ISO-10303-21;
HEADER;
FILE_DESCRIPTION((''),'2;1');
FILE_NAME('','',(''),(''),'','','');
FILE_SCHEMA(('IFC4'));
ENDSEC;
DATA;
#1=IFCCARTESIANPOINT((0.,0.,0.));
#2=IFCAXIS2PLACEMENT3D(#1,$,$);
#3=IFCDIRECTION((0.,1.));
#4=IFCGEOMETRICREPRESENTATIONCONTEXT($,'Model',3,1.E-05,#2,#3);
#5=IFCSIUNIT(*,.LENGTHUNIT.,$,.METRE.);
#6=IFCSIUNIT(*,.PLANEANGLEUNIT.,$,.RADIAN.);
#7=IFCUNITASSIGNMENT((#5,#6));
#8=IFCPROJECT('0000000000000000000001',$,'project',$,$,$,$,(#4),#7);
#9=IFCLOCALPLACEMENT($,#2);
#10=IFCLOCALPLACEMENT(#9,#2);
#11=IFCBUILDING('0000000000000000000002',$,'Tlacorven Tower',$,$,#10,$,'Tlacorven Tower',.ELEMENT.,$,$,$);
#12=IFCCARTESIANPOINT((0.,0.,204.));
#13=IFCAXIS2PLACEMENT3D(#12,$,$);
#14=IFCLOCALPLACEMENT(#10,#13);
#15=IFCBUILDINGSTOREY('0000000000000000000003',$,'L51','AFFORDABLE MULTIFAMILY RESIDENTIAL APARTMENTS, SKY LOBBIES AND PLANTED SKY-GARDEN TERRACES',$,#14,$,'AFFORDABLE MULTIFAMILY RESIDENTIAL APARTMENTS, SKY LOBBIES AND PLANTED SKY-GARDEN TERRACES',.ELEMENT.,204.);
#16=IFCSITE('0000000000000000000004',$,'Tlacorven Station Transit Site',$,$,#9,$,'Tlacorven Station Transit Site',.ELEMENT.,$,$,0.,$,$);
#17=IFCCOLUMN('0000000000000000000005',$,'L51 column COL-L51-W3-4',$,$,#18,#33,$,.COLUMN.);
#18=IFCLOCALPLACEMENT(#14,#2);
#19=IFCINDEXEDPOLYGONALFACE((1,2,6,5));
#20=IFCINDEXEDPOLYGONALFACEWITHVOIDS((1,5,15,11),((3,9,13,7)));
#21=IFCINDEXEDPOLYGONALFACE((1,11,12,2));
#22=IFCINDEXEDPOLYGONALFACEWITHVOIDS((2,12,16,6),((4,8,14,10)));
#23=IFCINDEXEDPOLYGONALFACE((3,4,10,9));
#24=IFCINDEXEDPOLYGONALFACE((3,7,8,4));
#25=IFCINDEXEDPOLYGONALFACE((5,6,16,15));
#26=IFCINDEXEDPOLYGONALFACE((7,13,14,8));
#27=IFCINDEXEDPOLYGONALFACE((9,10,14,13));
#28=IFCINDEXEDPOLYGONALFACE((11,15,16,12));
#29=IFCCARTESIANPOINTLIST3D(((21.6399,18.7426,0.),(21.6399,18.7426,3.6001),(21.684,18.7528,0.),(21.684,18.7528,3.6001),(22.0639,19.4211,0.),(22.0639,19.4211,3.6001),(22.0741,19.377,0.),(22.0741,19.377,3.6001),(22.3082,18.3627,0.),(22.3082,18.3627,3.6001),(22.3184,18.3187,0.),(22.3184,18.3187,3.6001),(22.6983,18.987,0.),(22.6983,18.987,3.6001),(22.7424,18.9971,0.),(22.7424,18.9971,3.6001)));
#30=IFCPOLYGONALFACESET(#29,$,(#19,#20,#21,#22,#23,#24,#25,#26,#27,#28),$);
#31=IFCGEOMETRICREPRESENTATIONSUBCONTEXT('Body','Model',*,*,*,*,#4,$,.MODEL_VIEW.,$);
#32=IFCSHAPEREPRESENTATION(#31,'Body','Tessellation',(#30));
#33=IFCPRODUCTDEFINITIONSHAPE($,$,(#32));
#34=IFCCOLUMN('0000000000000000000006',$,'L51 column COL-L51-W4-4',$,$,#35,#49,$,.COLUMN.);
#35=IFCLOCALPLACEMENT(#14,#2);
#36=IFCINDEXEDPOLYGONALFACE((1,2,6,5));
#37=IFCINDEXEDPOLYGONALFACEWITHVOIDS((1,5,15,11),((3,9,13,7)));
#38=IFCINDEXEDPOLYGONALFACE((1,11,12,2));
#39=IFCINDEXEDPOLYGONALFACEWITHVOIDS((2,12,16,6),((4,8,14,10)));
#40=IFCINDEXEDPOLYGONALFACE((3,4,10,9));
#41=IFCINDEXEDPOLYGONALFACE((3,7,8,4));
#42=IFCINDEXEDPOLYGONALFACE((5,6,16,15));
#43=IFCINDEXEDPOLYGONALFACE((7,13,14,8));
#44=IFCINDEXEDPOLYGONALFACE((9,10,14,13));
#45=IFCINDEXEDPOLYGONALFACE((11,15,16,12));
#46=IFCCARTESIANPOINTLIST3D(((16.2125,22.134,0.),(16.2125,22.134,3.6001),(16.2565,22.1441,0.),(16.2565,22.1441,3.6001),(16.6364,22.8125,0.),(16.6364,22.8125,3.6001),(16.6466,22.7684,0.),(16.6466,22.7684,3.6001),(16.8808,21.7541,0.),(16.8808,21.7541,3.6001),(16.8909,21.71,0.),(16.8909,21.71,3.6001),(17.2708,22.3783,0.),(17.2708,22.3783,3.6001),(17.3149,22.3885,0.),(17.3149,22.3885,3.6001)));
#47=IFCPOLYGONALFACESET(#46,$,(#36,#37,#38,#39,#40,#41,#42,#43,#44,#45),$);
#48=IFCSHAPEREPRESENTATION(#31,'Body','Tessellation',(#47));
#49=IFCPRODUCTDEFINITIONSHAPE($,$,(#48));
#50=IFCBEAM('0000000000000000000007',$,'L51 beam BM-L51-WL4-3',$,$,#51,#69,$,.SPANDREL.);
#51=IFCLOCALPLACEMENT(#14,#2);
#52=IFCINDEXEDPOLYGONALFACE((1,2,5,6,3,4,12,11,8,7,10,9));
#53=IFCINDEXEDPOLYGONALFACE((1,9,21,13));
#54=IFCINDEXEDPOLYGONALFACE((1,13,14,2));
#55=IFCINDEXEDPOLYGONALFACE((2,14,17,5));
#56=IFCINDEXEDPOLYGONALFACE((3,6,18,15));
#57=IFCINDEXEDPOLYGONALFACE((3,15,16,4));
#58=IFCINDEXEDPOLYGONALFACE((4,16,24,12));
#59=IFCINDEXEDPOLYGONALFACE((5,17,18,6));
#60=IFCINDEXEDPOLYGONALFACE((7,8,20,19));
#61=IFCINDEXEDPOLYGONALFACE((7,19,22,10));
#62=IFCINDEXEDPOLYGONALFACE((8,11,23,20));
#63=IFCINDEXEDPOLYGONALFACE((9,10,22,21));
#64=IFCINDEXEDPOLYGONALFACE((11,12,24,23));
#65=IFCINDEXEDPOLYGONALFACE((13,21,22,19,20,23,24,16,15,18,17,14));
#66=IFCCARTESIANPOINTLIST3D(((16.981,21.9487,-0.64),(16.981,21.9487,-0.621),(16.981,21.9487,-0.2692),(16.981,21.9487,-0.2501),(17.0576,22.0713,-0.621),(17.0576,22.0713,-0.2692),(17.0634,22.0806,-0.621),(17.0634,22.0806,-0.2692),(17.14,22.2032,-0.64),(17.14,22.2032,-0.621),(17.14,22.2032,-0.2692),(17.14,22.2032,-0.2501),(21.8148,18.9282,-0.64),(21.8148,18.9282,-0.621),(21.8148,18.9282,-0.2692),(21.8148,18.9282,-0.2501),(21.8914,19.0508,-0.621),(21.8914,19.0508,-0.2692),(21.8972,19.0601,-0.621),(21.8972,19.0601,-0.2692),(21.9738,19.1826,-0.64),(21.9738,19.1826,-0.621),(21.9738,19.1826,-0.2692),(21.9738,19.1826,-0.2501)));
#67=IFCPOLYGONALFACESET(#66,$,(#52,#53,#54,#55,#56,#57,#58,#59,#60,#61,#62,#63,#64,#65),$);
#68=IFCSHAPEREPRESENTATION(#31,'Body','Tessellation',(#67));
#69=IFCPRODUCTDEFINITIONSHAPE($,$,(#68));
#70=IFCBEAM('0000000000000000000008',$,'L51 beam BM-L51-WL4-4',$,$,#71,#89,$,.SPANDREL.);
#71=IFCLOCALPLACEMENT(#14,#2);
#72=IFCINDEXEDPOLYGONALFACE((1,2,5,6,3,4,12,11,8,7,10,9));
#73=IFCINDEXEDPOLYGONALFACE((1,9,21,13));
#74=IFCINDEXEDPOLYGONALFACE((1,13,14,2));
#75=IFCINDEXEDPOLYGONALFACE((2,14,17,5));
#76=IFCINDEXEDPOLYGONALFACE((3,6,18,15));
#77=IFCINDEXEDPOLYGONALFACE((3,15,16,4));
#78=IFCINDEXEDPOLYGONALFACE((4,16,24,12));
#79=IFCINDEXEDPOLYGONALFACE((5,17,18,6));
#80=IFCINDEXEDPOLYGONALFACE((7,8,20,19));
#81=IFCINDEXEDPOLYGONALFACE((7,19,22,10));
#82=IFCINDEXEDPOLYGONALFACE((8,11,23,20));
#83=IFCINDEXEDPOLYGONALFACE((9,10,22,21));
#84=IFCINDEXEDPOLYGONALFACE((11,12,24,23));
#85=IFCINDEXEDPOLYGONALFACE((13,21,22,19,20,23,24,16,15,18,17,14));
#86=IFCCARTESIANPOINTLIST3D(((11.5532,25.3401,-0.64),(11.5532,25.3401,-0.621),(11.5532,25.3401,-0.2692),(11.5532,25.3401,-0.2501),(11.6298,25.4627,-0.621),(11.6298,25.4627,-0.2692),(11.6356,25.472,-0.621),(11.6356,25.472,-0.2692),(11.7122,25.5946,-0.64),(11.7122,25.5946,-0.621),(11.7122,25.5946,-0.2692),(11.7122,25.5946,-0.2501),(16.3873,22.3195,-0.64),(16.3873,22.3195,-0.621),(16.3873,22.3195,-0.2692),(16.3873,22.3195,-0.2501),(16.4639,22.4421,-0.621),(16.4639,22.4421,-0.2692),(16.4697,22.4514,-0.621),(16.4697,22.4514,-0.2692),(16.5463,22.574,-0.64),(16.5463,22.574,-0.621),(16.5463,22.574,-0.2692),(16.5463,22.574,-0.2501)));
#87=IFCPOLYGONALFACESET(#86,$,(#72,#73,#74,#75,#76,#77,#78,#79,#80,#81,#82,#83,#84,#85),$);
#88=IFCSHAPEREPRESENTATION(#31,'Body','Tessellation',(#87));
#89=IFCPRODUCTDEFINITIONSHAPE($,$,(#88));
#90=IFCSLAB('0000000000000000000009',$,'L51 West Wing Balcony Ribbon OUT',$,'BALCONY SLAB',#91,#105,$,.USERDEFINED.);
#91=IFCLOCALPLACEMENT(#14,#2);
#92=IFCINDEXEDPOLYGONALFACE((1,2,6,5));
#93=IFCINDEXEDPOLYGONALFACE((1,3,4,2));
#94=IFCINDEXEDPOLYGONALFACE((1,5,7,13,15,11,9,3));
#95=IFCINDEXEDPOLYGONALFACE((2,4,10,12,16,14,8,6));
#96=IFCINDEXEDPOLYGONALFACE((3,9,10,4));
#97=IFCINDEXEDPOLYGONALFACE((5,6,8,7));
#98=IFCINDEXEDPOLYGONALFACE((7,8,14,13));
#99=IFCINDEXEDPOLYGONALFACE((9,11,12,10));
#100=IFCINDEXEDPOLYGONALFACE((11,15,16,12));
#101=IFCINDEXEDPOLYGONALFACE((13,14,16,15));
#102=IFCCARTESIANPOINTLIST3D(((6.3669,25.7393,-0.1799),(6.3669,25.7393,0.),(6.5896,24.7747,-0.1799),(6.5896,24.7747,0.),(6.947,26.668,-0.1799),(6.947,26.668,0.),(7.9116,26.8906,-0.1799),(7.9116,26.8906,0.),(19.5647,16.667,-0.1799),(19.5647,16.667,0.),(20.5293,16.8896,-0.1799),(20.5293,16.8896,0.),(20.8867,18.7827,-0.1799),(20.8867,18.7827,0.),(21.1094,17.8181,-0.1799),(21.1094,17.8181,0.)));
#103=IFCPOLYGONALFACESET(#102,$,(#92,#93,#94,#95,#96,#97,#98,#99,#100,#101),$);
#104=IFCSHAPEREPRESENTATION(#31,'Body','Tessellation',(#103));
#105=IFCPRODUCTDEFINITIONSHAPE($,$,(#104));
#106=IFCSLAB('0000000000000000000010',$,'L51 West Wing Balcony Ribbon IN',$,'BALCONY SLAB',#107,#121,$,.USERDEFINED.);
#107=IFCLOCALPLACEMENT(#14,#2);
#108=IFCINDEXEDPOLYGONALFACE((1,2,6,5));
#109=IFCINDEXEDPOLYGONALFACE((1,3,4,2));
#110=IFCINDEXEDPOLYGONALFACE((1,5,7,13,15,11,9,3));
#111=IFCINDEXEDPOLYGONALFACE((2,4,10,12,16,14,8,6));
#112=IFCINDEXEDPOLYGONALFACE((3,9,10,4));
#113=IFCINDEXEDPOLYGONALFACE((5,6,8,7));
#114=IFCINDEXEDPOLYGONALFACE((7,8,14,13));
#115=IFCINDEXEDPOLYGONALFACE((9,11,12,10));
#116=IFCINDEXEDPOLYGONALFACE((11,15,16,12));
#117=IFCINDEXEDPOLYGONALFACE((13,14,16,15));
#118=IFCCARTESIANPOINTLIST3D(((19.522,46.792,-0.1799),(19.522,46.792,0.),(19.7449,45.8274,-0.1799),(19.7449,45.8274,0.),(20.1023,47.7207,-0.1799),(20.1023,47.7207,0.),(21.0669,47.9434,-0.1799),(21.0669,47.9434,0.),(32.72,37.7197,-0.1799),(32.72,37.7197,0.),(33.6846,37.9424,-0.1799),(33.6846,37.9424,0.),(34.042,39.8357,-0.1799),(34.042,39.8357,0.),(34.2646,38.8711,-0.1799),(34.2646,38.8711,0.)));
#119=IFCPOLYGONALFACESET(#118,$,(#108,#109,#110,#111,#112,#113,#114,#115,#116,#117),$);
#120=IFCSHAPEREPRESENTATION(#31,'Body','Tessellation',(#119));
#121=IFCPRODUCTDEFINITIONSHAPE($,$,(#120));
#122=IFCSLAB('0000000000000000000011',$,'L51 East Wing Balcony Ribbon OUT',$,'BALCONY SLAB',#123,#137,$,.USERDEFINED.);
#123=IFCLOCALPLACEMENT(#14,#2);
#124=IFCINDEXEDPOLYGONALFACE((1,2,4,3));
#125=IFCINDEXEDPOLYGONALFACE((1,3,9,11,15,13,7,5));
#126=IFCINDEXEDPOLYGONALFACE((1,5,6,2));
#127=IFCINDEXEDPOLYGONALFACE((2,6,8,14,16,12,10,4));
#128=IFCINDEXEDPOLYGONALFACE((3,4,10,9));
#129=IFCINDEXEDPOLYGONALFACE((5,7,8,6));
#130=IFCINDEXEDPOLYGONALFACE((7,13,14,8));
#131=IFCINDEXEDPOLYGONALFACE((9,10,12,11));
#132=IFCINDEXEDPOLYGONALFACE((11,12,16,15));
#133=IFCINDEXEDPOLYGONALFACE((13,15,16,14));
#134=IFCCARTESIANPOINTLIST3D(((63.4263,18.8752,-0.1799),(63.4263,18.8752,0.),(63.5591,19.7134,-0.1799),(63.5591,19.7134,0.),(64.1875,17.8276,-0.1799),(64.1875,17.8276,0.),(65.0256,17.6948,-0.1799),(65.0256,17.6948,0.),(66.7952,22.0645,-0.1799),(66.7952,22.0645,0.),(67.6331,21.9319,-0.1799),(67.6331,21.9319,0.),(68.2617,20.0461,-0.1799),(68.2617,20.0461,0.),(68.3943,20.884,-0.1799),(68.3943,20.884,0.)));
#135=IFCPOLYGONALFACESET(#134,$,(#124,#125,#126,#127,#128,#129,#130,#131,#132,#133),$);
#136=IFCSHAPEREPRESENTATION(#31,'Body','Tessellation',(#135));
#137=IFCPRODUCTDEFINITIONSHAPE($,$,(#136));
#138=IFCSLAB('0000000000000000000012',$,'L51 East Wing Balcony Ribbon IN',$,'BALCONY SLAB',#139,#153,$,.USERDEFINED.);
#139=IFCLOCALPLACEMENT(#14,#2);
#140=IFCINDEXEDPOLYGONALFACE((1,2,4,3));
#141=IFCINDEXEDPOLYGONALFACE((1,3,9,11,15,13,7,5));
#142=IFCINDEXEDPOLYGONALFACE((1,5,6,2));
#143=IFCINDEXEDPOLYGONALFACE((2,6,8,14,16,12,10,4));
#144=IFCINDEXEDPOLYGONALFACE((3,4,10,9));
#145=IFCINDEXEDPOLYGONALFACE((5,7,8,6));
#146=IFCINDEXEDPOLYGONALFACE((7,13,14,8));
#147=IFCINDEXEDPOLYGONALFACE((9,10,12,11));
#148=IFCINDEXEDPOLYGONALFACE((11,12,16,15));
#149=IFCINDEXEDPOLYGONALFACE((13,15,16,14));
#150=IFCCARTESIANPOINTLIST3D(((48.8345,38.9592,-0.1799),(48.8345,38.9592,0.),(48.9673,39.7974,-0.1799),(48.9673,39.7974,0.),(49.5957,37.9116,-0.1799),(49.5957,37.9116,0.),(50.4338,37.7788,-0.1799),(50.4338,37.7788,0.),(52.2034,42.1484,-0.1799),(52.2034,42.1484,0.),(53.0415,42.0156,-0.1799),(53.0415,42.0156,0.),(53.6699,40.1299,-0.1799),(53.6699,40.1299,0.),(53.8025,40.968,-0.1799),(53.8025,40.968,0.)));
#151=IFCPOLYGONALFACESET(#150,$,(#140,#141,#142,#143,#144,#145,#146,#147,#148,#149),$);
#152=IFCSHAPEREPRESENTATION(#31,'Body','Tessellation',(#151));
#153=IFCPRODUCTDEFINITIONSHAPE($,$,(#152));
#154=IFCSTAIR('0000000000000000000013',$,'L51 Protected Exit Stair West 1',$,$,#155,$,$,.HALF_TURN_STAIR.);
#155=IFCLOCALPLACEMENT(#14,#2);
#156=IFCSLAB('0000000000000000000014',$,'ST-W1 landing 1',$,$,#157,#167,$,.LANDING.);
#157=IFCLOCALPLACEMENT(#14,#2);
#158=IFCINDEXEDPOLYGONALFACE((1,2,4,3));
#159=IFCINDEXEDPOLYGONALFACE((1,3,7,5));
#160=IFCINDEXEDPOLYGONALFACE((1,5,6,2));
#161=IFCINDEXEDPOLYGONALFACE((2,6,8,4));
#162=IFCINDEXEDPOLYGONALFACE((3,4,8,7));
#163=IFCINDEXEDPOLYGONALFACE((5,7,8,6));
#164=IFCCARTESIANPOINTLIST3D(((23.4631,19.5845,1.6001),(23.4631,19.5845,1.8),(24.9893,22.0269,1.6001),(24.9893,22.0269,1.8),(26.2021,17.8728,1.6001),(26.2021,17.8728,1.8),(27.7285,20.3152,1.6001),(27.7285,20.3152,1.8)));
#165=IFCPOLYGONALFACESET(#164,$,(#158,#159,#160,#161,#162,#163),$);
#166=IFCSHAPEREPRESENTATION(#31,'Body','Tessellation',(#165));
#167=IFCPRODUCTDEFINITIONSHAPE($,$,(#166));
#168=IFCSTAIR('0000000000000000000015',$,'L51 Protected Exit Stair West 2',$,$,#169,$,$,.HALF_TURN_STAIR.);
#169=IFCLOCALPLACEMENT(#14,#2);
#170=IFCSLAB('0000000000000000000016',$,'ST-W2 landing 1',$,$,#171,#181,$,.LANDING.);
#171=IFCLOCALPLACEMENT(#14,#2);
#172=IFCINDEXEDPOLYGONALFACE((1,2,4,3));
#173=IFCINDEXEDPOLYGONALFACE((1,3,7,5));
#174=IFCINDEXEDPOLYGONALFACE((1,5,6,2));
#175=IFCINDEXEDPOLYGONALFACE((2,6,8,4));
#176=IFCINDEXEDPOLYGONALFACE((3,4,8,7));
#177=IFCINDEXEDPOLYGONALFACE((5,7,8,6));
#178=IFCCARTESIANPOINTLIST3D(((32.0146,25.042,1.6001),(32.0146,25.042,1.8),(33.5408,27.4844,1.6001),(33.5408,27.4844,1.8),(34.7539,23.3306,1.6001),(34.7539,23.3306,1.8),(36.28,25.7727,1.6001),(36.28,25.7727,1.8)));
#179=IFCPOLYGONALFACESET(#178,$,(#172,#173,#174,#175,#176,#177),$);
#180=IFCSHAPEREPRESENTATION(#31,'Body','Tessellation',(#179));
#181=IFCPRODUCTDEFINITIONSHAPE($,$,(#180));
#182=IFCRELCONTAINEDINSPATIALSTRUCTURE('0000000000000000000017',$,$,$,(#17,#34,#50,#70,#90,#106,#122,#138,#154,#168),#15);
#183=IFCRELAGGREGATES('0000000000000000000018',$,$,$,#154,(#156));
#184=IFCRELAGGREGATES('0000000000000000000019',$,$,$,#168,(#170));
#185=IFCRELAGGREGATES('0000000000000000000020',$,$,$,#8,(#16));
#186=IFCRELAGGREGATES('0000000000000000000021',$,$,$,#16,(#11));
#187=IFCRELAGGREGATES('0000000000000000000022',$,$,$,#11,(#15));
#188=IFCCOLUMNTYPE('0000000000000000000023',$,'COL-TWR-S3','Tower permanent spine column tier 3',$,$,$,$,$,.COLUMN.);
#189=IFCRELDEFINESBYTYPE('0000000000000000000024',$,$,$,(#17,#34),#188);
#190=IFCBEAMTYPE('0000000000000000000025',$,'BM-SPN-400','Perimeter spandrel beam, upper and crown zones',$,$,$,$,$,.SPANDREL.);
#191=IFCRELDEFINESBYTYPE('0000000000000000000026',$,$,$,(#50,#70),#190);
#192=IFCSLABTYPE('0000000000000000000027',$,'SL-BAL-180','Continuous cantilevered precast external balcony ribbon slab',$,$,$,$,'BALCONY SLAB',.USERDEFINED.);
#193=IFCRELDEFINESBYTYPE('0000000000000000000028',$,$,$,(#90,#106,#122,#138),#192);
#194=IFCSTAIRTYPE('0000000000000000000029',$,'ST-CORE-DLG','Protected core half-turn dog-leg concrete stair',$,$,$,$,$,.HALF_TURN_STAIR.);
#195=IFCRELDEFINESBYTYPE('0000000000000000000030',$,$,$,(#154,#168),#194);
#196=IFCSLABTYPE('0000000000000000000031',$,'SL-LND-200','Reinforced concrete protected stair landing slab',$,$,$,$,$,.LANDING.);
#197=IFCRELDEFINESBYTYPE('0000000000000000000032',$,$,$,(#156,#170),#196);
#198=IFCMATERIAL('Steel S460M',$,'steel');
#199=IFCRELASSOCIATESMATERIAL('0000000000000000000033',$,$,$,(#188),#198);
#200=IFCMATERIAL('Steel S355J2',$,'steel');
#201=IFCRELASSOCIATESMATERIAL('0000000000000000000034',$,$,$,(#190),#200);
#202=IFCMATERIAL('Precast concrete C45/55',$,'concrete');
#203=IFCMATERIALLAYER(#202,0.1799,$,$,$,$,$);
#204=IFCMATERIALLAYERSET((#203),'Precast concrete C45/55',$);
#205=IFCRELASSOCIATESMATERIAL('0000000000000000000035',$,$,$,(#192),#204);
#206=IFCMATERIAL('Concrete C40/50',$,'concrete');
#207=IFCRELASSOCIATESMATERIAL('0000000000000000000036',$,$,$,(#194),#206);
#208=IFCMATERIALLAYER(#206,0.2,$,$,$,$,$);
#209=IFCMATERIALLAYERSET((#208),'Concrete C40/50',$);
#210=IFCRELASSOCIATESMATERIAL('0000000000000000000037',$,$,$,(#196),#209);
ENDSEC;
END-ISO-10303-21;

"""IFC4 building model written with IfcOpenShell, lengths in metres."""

from ifc_helpers import new_model, si_unit, direction, frame, origin, origin_2d, place, context, subcontext, project, spatial, polyline, hollow_rectangle, i_section, outline, extrude, source, transform, mapped, material, layer, layer_set, material_profile, profile_set, type_object, element, aggregate, save


model = new_model("IFC4")

# Units and contexts
model_context = context("Model", 3, precision=1e-05, world=origin(), true_north=direction((0.0, 1.0)))
body_context = subcontext(model_context, "Body", "Model", "MODEL_VIEW")
ifc_project = project(units=[si_unit("LENGTHUNIT", "METRE"), si_unit("PLANEANGLEUNIT", "RADIAN")], contexts=[model_context])

# Site, building, storey
site_placement = place(None, origin())
site = spatial("IfcSite", under=ifc_project, at=site_placement, Name="Tlacorven Station Transit Site", LongName="Tlacorven Station Transit Site", CompositionType="ELEMENT", RefElevation=0.0)
building_placement = place(site_placement, origin())
building = spatial("IfcBuilding", under=site, at=building_placement, Name="Tlacorven Tower", LongName="Tlacorven Tower", CompositionType="ELEMENT")
storey_placement = place(building_placement, frame((0.0, 0.0, 204.0)))
storey = spatial("IfcBuildingStorey", under=building, at=storey_placement, Name="L51", Description="AFFORDABLE MULTIFAMILY RESIDENTIAL APARTMENTS, SKY LOBBIES AND PLANTED SKY-GARDEN TERRACES", LongName="AFFORDABLE MULTIFAMILY RESIDENTIAL APARTMENTS, SKY LOBBIES AND PLANTED SKY-GARDEN TERRACES", CompositionType="ELEMENT", Elevation=204.0)

# Columns
ifc_material_1 = material(Name="Steel S460M", Category="steel")
ifc_material_profile_1 = material_profile(ifc_material_1, hollow_rectangle(XDim=0.8, YDim=0.8, WallThickness=0.032, at=origin_2d()), Name="BOX 800X800X32")
ifc_profile_set_1 = profile_set([ifc_material_profile_1], Name="Steel S460M")
column_type = type_object("IfcColumnType", Name="COL-TWR-S3", Description="Tower permanent spine column tier 3", PredefinedType="COLUMN", material=ifc_profile_set_1)
shared_shape_1 = source(origin(), body_context, "Body", "SweptSolid", [
    extrude(hollow_rectangle(XDim=0.8, YDim=0.8, WallThickness=0.032, at=origin_2d()), origin(), (0.0, 0.0, 1.0), 3.6001),
])
for number, where, z_axis, x_axis, name in (
    (1, (22.1912, 18.8699, 0.0), (0.0, 0.0, 1.0), (-0.848048, 0.529919, 0.0), "L51 column COL-L51-W3-4"),
    (2, (16.7637, 22.2612, 0.0), (0.0, 0.0, 1.0), (-0.848048, 0.529919, 0.0), "L51 column COL-L51-W4-4"),
):
    element("IfcColumn", number, at=place(storey_placement, frame(where, z_axis=z_axis, x_axis=x_axis)), inside=storey, type_object=column_type, Name=name, PredefinedType="COLUMN", context=body_context, shape_type="MappedRepresentation", body=[
        mapped(shared_shape_1, transform((0.0, 0.0, 0.0), scale=1.0)),
    ])

# Beams
ifc_material_2 = material(Name="Steel S355J2", Category="steel")
ifc_material_profile_2 = material_profile(ifc_material_2, i_section(OverallWidth=0.3, OverallDepth=0.3899, WebThickness=0.011, FlangeThickness=0.019, at=origin_2d()), Name="HEA 400")
ifc_profile_set_2 = profile_set([ifc_material_profile_2], Name="Steel S355J2")
beam_type = type_object("IfcBeamType", Name="BM-SPN-400", Description="Perimeter spandrel beam, upper and crown zones", PredefinedType="SPANDREL", material=ifc_profile_set_2)
shared_shape_2 = source(origin(), body_context, "Body", "SweptSolid", [
    extrude(i_section(OverallWidth=0.3, OverallDepth=0.3899, WebThickness=0.011, FlangeThickness=0.019, at=origin_2d()), origin(), (0.0, 0.0, 1.0), 5.7),
])
beam_1_placement = place(storey_placement, frame((21.8943, 19.0554, -0.4451), z_axis=(-0.848044, 0.529926, 0.0), x_axis=(-0.529926, -0.848044, 0.0)))
element("IfcBeam", 3, at=beam_1_placement, inside=storey, type_object=beam_type, Name="L51 beam BM-L51-WL4-3", PredefinedType="SPANDREL", context=body_context, shape_type="MappedRepresentation", body=[
    mapped(shared_shape_2, transform((0.0, 0.0, 0.0), scale=1.0)),
])
shared_shape_3 = source(origin(), body_context, "Body", "SweptSolid", [
    extrude(i_section(OverallWidth=0.3, OverallDepth=0.3899, WebThickness=0.011, FlangeThickness=0.019, at=origin_2d()), origin(), (0.0, 0.0, 1.0), 5.7002),
])
beam_2_placement = place(storey_placement, frame((16.4668, 22.4468, -0.4451), z_axis=(-0.848056, 0.529907, 0.0), x_axis=(-0.529907, -0.848056, 0.0)))
element("IfcBeam", 4, at=beam_2_placement, inside=storey, type_object=beam_type, Name="L51 beam BM-L51-WL4-4", PredefinedType="SPANDREL", context=body_context, shape_type="MappedRepresentation", body=[
    mapped(shared_shape_3, transform((0.0, 0.0, 0.0), scale=1.0)),
])

# Slabs
ifc_material_3 = material(Name="Precast concrete C45/55", Category="concrete")
ifc_layer_1 = layer(ifc_material_3, 0.1799)
ifc_layer_set_1 = layer_set([ifc_layer_1], Name="Precast concrete C45/55")
slab_type_1 = type_object("IfcSlabType", Name="SL-BAL-180", Description="Continuous cantilevered precast external balcony ribbon slab", ElementType="BALCONY SLAB", PredefinedType="USERDEFINED", material=ifc_layer_set_1)
slab_1_placement = place(storey_placement, frame((0.0, 0.0, -0.1799)))
element("IfcSlab", 5, at=slab_1_placement, inside=storey, type_object=slab_type_1, Name="L51 West Wing Balcony Ribbon OUT", ObjectType="BALCONY SLAB", PredefinedType="USERDEFINED", context=body_context, shape_type="SweptSolid", body=[
    extrude(outline(polyline([(20.8867, 18.7827), (7.9116, 26.8906), (6.947, 26.668), (6.3669, 25.7393), (6.5896, 24.7747), (19.5647, 16.667), (20.5293, 16.8896), (21.1094, 17.8181), (20.8867, 18.7827)])), origin(), (0.0, 0.0, 1.0), 0.1799),
])
slab_2_placement = place(storey_placement, frame((0.0, 0.0, -0.1799)))
element("IfcSlab", 6, at=slab_2_placement, inside=storey, type_object=slab_type_1, Name="L51 West Wing Balcony Ribbon IN", ObjectType="BALCONY SLAB", PredefinedType="USERDEFINED", context=body_context, shape_type="SweptSolid", body=[
    extrude(outline(polyline([(34.042, 39.8357), (21.0669, 47.9434), (20.1023, 47.7207), (19.522, 46.792), (19.7449, 45.8274), (32.72, 37.7197), (33.6846, 37.9424), (34.2646, 38.8711), (34.042, 39.8357)])), origin(), (0.0, 0.0, 1.0), 0.1799),
])
slab_3_placement = place(storey_placement, frame((0.0, 0.0, -0.1799)))
element("IfcSlab", 7, at=slab_3_placement, inside=storey, type_object=slab_type_1, Name="L51 East Wing Balcony Ribbon OUT", ObjectType="BALCONY SLAB", PredefinedType="USERDEFINED", context=body_context, shape_type="SweptSolid", body=[
    extrude(outline(polyline([(65.0256, 17.6948), (68.2617, 20.0461), (68.3943, 20.884), (67.6331, 21.9319), (66.7952, 22.0645), (63.5591, 19.7134), (63.4263, 18.8752), (64.1875, 17.8276), (65.0256, 17.6948)])), origin(), (0.0, 0.0, 1.0), 0.1799),
])
slab_4_placement = place(storey_placement, frame((0.0, 0.0, -0.1799)))
element("IfcSlab", 8, at=slab_4_placement, inside=storey, type_object=slab_type_1, Name="L51 East Wing Balcony Ribbon IN", ObjectType="BALCONY SLAB", PredefinedType="USERDEFINED", context=body_context, shape_type="SweptSolid", body=[
    extrude(outline(polyline([(50.4338, 37.7788), (53.6699, 40.1299), (53.8025, 40.968), (53.0415, 42.0156), (52.2034, 42.1484), (48.9673, 39.7974), (48.8345, 38.9592), (49.5957, 37.9116), (50.4338, 37.7788)])), origin(), (0.0, 0.0, 1.0), 0.1799),
])

# Stairs, slabs
ifc_material_4 = material(Name="Concrete C40/50", Category="concrete")
stair_type = type_object("IfcStairType", Name="ST-CORE-DLG", Description="Protected core half-turn dog-leg concrete stair", PredefinedType="HALF_TURN_STAIR", material=ifc_material_4)
stair_1_placement = place(storey_placement, origin())
stair_1 = element("IfcStair", 9, at=stair_1_placement, inside=storey, type_object=stair_type, Name="L51 Protected Exit Stair West 1", PredefinedType="HALF_TURN_STAIR")
ifc_layer_2 = layer(ifc_material_4, 0.2)
ifc_layer_set_2 = layer_set([ifc_layer_2], Name="Concrete C40/50")
slab_type_2 = type_object("IfcSlabType", Name="SL-LND-200", Description="Reinforced concrete protected stair landing slab", PredefinedType="LANDING", material=ifc_layer_set_2)
slab_5_placement = place(storey_placement, frame((0.0, 0.0, 1.6001)))
slab_5 = element("IfcSlab", 10, at=slab_5_placement, type_object=slab_type_2, Name="ST-W1 landing 1", PredefinedType="LANDING", context=body_context, shape_type="SweptSolid", body=[
    extrude(outline(polyline([(27.7285, 20.3152), (24.9893, 22.0269), (23.4631, 19.5845), (26.2021, 17.8728), (27.7285, 20.3152)])), origin(), (0.0, 0.0, 1.0), 0.2),
])
aggregate(stair_1, [slab_5])
stair_2_placement = place(storey_placement, origin())
stair_2 = element("IfcStair", 11, at=stair_2_placement, inside=storey, type_object=stair_type, Name="L51 Protected Exit Stair West 2", PredefinedType="HALF_TURN_STAIR")
slab_6_placement = place(storey_placement, frame((0.0, 0.0, 1.6001)))
slab_6 = element("IfcSlab", 12, at=slab_6_placement, type_object=slab_type_2, Name="ST-W2 landing 1", PredefinedType="LANDING", context=body_context, shape_type="SweptSolid", body=[
    extrude(outline(polyline([(36.28, 25.7727), (33.5408, 27.4844), (32.0146, 25.042), (34.7539, 23.3306), (36.28, 25.7727)])), origin(), (0.0, 0.0, 1.0), 0.2),
])
aggregate(stair_2, [slab_6])

save(model, "model.ifc")
